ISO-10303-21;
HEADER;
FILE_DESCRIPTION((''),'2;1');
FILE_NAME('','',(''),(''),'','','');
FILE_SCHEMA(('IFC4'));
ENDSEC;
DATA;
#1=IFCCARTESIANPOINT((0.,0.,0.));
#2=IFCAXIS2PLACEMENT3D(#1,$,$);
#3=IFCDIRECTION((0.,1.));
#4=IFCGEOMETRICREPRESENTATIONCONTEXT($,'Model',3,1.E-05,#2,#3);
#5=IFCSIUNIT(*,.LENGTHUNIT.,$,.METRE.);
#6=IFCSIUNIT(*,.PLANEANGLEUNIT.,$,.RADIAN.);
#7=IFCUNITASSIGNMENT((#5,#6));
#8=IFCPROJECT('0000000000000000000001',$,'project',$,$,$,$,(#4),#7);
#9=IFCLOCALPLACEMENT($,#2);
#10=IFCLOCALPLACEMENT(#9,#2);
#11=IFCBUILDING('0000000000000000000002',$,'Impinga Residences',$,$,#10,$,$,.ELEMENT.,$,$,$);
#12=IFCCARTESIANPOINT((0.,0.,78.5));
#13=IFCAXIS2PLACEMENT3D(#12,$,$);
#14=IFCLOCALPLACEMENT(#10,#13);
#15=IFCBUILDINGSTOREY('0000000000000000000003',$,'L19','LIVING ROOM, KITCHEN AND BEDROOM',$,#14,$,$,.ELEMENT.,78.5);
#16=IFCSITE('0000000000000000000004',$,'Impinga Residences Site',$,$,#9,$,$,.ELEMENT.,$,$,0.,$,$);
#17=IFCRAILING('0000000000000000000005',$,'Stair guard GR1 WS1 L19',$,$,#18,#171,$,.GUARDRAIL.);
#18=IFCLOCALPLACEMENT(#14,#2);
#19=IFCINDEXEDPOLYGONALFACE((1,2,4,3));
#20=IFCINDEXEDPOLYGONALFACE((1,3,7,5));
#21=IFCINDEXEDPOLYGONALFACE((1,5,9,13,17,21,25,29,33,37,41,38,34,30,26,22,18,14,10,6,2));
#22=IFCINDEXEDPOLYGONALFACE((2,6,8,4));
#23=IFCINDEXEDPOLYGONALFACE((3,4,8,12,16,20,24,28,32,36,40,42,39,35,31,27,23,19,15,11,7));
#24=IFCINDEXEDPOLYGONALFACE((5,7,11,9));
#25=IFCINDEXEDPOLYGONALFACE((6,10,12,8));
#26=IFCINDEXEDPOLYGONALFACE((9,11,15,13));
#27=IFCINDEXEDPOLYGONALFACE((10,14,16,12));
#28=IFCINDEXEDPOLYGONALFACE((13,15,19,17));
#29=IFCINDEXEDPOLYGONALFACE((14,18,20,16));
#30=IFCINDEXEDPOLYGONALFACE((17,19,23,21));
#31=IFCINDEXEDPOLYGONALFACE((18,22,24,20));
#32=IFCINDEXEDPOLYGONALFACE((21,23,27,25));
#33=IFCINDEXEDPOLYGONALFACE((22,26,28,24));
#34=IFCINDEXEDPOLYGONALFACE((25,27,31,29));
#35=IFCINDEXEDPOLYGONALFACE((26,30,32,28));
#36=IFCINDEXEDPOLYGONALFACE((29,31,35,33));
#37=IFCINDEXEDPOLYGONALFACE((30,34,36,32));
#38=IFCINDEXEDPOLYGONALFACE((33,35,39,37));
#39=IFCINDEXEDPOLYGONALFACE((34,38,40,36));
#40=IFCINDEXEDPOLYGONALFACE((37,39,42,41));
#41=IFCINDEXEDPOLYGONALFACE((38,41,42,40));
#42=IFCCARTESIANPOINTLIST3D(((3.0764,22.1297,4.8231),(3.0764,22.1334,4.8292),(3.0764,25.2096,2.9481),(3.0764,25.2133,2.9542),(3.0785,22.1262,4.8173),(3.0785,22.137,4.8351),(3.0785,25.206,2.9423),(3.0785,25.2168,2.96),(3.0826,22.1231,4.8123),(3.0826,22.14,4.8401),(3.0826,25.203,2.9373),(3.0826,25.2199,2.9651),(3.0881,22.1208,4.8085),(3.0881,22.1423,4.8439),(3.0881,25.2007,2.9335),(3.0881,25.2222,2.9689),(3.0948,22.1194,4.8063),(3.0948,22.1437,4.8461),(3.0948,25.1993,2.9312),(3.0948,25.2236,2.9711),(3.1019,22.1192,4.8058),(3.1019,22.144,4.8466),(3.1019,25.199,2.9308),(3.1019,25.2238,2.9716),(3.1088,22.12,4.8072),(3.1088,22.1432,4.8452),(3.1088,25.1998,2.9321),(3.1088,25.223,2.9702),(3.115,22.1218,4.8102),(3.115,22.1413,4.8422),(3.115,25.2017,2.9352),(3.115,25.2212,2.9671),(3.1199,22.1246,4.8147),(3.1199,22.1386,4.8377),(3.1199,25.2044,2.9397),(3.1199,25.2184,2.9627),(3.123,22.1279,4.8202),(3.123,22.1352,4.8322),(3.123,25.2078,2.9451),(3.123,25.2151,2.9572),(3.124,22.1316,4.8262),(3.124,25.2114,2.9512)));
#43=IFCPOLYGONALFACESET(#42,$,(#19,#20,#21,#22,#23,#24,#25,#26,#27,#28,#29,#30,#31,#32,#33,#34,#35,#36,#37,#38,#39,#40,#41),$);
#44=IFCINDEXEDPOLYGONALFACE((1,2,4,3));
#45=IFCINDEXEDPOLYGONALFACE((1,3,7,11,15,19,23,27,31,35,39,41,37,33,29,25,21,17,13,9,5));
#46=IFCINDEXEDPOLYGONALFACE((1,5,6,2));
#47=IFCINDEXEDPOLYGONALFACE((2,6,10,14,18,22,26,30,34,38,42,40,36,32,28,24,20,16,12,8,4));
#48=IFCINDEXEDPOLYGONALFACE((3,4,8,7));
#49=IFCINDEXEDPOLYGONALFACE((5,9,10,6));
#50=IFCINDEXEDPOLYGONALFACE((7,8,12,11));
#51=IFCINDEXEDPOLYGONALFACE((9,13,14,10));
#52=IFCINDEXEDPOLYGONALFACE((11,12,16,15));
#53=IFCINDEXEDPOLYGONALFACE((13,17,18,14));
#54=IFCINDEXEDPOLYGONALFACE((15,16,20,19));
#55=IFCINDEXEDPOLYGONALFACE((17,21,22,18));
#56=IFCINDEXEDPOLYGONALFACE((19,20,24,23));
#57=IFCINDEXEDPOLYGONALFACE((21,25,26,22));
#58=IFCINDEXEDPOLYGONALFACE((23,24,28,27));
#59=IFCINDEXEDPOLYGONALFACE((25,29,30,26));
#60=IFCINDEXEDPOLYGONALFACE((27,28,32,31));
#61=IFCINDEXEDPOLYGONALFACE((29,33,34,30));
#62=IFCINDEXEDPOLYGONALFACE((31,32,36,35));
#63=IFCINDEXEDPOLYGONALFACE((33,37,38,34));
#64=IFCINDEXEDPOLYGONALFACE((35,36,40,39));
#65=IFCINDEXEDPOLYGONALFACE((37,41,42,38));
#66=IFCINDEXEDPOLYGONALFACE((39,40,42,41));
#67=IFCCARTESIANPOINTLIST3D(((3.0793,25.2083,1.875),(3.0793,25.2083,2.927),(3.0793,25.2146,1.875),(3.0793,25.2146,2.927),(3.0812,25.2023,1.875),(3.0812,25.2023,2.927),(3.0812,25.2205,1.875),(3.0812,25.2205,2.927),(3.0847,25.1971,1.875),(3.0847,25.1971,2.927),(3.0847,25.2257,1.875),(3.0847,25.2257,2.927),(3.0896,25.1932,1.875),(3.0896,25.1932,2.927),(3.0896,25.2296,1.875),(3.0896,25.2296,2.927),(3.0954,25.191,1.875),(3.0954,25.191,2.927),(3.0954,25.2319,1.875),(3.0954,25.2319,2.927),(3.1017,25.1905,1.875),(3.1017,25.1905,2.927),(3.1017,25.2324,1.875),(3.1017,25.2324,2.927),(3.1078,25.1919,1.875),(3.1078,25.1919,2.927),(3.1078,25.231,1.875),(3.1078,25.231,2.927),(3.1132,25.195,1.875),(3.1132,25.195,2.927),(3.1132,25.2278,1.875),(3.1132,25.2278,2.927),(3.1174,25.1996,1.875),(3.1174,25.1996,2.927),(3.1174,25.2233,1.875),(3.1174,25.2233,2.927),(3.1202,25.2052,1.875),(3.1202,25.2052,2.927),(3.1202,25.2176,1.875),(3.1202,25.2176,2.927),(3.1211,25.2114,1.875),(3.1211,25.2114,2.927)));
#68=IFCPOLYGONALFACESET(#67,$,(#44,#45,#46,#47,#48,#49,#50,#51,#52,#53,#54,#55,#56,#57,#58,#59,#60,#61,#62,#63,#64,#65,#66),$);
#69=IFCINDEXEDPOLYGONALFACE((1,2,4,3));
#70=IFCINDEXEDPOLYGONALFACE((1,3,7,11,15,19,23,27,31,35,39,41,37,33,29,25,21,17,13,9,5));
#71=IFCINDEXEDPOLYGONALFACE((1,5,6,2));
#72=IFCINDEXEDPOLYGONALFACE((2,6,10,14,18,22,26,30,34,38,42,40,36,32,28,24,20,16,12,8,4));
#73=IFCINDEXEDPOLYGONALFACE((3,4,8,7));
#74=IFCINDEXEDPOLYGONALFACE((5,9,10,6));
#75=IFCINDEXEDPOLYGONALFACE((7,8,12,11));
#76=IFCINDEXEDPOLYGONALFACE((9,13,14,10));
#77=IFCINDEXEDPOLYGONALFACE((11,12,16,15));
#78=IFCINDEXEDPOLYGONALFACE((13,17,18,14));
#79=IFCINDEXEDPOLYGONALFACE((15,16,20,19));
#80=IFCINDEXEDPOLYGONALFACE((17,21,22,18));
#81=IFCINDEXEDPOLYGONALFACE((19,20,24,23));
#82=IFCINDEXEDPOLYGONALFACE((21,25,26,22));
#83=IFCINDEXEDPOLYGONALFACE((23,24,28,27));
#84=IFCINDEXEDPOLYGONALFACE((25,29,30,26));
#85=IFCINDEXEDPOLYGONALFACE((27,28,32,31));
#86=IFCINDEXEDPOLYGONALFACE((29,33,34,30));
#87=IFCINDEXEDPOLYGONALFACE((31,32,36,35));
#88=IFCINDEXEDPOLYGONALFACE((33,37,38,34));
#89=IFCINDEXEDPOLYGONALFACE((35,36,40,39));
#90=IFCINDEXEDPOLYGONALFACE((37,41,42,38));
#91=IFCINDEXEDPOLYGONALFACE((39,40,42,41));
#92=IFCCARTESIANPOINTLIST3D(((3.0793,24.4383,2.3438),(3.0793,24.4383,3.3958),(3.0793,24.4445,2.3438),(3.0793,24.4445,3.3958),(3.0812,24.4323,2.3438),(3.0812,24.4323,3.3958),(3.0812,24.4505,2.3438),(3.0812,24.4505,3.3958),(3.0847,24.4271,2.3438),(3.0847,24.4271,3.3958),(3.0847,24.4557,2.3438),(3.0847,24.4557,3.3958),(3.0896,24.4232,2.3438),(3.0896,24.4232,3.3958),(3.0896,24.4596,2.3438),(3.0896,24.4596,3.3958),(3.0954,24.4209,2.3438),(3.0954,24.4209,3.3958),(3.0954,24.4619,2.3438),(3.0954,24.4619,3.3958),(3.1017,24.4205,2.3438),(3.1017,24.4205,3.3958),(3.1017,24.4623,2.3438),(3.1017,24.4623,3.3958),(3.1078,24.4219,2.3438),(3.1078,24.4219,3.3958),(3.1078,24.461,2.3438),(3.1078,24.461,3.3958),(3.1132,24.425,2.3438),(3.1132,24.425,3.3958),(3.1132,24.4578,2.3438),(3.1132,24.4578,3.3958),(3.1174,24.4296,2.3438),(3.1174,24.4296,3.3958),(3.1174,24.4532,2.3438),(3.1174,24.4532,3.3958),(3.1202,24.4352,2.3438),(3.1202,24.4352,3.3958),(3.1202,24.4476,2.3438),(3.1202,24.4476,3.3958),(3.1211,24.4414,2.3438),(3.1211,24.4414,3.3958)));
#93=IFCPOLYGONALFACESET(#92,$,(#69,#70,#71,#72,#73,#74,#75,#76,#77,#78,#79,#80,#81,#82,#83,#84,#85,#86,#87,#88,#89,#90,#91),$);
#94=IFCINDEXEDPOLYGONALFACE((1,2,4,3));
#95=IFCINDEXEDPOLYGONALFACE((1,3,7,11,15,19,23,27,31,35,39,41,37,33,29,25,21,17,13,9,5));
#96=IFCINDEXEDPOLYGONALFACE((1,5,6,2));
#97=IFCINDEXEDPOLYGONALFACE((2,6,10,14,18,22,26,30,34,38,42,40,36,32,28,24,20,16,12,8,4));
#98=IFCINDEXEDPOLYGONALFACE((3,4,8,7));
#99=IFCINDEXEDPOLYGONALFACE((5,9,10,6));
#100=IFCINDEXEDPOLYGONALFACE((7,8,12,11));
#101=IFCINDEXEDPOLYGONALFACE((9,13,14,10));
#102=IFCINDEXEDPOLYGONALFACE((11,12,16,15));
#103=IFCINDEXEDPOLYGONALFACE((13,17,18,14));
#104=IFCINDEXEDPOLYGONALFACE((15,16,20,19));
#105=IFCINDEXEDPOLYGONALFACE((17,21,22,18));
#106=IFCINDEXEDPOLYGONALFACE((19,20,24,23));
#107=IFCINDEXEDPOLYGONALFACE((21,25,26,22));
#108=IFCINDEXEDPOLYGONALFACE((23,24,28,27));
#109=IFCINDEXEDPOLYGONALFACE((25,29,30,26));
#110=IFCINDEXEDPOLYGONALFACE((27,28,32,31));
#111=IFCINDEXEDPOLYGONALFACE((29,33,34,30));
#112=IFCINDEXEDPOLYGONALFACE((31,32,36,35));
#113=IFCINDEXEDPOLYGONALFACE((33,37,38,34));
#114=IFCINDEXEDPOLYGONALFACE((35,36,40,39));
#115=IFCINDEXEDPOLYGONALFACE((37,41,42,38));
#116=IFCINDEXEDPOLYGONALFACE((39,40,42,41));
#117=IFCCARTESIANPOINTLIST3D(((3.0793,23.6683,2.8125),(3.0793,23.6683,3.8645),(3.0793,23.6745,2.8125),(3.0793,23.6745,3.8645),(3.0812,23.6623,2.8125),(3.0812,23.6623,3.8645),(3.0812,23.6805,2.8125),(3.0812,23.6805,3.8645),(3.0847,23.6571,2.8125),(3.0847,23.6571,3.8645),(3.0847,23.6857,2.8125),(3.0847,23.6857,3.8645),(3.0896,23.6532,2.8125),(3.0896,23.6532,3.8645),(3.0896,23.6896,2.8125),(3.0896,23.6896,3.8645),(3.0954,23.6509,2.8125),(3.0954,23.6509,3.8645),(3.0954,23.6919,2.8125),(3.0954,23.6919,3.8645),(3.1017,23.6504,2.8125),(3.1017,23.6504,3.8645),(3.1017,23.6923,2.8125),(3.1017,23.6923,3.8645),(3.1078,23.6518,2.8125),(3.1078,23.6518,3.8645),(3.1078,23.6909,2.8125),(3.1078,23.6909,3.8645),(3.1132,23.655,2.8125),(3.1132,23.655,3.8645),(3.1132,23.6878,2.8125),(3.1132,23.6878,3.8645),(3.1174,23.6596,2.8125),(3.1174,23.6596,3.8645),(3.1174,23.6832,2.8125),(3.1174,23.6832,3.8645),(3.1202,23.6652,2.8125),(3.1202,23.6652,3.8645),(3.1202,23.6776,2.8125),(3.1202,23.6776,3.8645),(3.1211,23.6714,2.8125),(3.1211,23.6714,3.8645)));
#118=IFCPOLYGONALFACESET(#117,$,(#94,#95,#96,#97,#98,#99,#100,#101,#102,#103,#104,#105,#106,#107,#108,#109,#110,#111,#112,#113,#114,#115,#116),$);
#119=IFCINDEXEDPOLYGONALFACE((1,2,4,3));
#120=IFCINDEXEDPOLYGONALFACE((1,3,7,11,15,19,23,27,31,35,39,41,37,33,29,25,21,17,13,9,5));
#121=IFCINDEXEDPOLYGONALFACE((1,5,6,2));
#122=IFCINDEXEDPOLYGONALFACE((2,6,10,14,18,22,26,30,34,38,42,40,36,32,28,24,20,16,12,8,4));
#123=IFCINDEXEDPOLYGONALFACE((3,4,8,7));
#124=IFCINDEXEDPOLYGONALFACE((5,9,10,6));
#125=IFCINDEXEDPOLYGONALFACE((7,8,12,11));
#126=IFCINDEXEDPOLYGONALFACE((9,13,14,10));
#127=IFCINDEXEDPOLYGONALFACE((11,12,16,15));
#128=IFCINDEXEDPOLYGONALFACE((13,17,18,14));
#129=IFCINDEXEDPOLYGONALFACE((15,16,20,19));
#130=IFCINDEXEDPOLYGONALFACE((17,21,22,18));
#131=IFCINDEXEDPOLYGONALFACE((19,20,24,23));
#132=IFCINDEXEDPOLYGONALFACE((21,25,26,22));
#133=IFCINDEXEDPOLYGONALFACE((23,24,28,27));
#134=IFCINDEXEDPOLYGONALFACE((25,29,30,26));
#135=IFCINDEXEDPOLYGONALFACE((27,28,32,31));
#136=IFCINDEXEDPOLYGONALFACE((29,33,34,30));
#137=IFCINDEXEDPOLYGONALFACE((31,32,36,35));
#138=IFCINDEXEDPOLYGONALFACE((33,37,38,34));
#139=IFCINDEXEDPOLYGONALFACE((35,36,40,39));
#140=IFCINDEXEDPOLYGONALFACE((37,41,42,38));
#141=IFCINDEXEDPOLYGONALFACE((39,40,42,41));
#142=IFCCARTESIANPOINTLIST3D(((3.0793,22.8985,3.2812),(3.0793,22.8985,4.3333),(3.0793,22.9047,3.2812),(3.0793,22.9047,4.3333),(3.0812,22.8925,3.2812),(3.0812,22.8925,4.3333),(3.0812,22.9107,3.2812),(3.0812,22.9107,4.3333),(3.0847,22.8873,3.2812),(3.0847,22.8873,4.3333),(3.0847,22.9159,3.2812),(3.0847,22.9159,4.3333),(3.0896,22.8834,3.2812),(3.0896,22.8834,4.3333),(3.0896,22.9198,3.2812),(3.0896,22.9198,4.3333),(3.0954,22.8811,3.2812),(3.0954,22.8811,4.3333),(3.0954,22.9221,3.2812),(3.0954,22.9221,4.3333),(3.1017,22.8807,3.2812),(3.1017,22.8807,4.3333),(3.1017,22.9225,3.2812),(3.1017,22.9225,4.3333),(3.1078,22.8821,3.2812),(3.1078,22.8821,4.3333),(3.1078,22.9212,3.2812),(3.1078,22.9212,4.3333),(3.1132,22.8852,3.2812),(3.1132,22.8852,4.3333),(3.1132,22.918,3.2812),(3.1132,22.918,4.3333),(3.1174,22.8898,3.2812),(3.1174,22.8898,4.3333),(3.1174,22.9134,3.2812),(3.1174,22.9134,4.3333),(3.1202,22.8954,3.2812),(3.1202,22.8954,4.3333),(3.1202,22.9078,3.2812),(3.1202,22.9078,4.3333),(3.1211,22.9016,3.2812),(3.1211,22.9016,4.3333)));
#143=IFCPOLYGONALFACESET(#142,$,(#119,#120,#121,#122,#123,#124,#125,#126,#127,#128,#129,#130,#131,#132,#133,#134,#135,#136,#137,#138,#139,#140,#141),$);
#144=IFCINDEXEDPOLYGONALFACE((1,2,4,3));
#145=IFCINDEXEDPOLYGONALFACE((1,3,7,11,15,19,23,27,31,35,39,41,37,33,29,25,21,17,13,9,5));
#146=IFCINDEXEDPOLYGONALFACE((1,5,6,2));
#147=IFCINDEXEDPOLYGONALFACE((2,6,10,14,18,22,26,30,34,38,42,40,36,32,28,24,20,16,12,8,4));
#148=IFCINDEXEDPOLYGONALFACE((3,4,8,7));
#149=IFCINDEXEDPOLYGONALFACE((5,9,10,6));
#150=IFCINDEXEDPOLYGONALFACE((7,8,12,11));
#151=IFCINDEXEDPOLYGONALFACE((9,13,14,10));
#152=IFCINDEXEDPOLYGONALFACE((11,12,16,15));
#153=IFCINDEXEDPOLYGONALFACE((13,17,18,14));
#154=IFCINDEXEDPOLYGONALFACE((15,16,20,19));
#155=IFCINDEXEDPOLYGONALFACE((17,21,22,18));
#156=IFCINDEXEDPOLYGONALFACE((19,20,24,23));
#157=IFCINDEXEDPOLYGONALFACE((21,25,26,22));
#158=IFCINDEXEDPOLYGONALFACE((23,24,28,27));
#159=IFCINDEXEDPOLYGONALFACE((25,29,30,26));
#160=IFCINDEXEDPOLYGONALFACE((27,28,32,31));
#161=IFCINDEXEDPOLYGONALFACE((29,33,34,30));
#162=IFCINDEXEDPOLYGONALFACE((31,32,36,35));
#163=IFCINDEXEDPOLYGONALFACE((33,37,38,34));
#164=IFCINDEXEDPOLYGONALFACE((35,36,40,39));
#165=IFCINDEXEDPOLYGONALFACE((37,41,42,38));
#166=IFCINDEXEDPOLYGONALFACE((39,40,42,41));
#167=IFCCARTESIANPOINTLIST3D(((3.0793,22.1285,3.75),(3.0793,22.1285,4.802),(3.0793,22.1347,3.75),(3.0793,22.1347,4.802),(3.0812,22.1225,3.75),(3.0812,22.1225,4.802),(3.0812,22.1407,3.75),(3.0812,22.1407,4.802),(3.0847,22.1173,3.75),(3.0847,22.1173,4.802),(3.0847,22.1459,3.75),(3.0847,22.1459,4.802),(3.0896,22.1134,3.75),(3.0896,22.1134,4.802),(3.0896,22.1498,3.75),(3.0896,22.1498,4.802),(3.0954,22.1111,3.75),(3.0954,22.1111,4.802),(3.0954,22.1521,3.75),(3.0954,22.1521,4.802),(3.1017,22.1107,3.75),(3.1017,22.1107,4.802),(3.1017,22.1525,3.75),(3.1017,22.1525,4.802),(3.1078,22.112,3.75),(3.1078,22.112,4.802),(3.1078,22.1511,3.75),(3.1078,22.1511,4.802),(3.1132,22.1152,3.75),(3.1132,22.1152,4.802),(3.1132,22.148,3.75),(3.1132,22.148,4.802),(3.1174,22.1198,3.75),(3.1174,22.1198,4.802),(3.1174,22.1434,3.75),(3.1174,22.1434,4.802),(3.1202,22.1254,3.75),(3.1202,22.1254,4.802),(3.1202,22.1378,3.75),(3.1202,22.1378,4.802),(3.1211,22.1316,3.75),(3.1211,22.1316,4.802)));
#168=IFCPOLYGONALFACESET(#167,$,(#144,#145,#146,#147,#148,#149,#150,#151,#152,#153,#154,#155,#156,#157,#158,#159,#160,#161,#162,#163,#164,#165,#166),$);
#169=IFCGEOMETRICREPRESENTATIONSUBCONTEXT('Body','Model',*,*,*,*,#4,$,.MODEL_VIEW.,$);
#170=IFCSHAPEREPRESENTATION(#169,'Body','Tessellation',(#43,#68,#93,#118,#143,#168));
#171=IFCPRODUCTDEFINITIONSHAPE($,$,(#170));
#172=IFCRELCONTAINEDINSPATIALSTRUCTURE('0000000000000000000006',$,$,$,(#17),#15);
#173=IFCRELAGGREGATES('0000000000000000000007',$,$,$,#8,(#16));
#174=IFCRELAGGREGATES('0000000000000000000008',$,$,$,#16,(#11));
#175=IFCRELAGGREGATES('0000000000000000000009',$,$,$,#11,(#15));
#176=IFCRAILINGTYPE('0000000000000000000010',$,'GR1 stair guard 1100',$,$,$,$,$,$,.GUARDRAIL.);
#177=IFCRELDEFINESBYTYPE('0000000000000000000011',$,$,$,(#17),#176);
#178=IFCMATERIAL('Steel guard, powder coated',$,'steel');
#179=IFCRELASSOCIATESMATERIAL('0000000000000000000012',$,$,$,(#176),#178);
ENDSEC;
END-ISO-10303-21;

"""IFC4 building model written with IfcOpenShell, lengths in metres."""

from ifc_helpers import new_model, si_unit, direction, frame, origin, origin_2d, place, context, subcontext, project, spatial, circle, extrude, material, type_object, element, save


model = new_model("IFC4")

# Units and contexts
model_context = context("Model", 3, precision=1e-05, world=origin(), true_north=direction((0.0, 1.0)))
body_context = subcontext(model_context, "Body", "Model", "MODEL_VIEW")
ifc_project = project(units=[si_unit("LENGTHUNIT", "METRE"), si_unit("PLANEANGLEUNIT", "RADIAN")], contexts=[model_context])

# Site, building, storey
site_placement = place(None, origin())
site = spatial("IfcSite", under=ifc_project, at=site_placement, Name="Impinga Residences Site", CompositionType="ELEMENT", RefElevation=0.0)
building_placement = place(site_placement, origin())
building = spatial("IfcBuilding", under=site, at=building_placement, Name="Impinga Residences", CompositionType="ELEMENT")
storey_placement = place(building_placement, frame((0.0, 0.0, 78.5)))
storey = spatial("IfcBuildingStorey", under=building, at=storey_placement, Name="L19", Description="LIVING ROOM, KITCHEN AND BEDROOM", CompositionType="ELEMENT", Elevation=78.5)

# Railing
ifc_material_1 = material(Name="Steel guard, powder coated", Category="steel")
railing_type_1 = type_object("IfcRailingType", Name="GR1 stair guard 1100", PredefinedType="GUARDRAIL", material=ifc_material_1)
railing_1_placement = place(storey_placement, frame((3.1001, 25.2114, 1.875)))
element("IfcRailing", 1, at=railing_1_placement, inside=storey, type_object=railing_type_1, Name="Stair guard GR1 WS1 L19", PredefinedType="GUARDRAIL", context=body_context, shape_type="SweptSolid", body=[
    extrude(circle(Radius=0.0239, at=origin_2d()), frame((0.0, 0.0, 1.0762), z_axis=(0.0, -0.854159, 0.520011), x_axis=(1.0, 0.0, 0.0)), (0.0, 0.0, 1.0), 3.6057),
    extrude(circle(Radius=0.021, at=origin_2d()), origin(), (0.0, 0.0, 1.0), 1.052),
    extrude(circle(Radius=0.021, at=origin_2d()), frame((0.0, -0.77, 0.4688)), (0.0, 0.0, 1.0), 1.052),
    extrude(circle(Radius=0.021, at=origin_2d()), frame((0.0, -1.54, 0.9375)), (0.0, 0.0, 1.0), 1.052),
    extrude(circle(Radius=0.021, at=origin_2d()), frame((0.0, -2.3098, 1.4062)), (0.0, 0.0, 1.0), 1.052),
    extrude(circle(Radius=0.021, at=origin_2d()), frame((0.0, -3.0798, 1.875)), (0.0, 0.0, 1.0), 1.052),
])

save(model, "model.ifc")
